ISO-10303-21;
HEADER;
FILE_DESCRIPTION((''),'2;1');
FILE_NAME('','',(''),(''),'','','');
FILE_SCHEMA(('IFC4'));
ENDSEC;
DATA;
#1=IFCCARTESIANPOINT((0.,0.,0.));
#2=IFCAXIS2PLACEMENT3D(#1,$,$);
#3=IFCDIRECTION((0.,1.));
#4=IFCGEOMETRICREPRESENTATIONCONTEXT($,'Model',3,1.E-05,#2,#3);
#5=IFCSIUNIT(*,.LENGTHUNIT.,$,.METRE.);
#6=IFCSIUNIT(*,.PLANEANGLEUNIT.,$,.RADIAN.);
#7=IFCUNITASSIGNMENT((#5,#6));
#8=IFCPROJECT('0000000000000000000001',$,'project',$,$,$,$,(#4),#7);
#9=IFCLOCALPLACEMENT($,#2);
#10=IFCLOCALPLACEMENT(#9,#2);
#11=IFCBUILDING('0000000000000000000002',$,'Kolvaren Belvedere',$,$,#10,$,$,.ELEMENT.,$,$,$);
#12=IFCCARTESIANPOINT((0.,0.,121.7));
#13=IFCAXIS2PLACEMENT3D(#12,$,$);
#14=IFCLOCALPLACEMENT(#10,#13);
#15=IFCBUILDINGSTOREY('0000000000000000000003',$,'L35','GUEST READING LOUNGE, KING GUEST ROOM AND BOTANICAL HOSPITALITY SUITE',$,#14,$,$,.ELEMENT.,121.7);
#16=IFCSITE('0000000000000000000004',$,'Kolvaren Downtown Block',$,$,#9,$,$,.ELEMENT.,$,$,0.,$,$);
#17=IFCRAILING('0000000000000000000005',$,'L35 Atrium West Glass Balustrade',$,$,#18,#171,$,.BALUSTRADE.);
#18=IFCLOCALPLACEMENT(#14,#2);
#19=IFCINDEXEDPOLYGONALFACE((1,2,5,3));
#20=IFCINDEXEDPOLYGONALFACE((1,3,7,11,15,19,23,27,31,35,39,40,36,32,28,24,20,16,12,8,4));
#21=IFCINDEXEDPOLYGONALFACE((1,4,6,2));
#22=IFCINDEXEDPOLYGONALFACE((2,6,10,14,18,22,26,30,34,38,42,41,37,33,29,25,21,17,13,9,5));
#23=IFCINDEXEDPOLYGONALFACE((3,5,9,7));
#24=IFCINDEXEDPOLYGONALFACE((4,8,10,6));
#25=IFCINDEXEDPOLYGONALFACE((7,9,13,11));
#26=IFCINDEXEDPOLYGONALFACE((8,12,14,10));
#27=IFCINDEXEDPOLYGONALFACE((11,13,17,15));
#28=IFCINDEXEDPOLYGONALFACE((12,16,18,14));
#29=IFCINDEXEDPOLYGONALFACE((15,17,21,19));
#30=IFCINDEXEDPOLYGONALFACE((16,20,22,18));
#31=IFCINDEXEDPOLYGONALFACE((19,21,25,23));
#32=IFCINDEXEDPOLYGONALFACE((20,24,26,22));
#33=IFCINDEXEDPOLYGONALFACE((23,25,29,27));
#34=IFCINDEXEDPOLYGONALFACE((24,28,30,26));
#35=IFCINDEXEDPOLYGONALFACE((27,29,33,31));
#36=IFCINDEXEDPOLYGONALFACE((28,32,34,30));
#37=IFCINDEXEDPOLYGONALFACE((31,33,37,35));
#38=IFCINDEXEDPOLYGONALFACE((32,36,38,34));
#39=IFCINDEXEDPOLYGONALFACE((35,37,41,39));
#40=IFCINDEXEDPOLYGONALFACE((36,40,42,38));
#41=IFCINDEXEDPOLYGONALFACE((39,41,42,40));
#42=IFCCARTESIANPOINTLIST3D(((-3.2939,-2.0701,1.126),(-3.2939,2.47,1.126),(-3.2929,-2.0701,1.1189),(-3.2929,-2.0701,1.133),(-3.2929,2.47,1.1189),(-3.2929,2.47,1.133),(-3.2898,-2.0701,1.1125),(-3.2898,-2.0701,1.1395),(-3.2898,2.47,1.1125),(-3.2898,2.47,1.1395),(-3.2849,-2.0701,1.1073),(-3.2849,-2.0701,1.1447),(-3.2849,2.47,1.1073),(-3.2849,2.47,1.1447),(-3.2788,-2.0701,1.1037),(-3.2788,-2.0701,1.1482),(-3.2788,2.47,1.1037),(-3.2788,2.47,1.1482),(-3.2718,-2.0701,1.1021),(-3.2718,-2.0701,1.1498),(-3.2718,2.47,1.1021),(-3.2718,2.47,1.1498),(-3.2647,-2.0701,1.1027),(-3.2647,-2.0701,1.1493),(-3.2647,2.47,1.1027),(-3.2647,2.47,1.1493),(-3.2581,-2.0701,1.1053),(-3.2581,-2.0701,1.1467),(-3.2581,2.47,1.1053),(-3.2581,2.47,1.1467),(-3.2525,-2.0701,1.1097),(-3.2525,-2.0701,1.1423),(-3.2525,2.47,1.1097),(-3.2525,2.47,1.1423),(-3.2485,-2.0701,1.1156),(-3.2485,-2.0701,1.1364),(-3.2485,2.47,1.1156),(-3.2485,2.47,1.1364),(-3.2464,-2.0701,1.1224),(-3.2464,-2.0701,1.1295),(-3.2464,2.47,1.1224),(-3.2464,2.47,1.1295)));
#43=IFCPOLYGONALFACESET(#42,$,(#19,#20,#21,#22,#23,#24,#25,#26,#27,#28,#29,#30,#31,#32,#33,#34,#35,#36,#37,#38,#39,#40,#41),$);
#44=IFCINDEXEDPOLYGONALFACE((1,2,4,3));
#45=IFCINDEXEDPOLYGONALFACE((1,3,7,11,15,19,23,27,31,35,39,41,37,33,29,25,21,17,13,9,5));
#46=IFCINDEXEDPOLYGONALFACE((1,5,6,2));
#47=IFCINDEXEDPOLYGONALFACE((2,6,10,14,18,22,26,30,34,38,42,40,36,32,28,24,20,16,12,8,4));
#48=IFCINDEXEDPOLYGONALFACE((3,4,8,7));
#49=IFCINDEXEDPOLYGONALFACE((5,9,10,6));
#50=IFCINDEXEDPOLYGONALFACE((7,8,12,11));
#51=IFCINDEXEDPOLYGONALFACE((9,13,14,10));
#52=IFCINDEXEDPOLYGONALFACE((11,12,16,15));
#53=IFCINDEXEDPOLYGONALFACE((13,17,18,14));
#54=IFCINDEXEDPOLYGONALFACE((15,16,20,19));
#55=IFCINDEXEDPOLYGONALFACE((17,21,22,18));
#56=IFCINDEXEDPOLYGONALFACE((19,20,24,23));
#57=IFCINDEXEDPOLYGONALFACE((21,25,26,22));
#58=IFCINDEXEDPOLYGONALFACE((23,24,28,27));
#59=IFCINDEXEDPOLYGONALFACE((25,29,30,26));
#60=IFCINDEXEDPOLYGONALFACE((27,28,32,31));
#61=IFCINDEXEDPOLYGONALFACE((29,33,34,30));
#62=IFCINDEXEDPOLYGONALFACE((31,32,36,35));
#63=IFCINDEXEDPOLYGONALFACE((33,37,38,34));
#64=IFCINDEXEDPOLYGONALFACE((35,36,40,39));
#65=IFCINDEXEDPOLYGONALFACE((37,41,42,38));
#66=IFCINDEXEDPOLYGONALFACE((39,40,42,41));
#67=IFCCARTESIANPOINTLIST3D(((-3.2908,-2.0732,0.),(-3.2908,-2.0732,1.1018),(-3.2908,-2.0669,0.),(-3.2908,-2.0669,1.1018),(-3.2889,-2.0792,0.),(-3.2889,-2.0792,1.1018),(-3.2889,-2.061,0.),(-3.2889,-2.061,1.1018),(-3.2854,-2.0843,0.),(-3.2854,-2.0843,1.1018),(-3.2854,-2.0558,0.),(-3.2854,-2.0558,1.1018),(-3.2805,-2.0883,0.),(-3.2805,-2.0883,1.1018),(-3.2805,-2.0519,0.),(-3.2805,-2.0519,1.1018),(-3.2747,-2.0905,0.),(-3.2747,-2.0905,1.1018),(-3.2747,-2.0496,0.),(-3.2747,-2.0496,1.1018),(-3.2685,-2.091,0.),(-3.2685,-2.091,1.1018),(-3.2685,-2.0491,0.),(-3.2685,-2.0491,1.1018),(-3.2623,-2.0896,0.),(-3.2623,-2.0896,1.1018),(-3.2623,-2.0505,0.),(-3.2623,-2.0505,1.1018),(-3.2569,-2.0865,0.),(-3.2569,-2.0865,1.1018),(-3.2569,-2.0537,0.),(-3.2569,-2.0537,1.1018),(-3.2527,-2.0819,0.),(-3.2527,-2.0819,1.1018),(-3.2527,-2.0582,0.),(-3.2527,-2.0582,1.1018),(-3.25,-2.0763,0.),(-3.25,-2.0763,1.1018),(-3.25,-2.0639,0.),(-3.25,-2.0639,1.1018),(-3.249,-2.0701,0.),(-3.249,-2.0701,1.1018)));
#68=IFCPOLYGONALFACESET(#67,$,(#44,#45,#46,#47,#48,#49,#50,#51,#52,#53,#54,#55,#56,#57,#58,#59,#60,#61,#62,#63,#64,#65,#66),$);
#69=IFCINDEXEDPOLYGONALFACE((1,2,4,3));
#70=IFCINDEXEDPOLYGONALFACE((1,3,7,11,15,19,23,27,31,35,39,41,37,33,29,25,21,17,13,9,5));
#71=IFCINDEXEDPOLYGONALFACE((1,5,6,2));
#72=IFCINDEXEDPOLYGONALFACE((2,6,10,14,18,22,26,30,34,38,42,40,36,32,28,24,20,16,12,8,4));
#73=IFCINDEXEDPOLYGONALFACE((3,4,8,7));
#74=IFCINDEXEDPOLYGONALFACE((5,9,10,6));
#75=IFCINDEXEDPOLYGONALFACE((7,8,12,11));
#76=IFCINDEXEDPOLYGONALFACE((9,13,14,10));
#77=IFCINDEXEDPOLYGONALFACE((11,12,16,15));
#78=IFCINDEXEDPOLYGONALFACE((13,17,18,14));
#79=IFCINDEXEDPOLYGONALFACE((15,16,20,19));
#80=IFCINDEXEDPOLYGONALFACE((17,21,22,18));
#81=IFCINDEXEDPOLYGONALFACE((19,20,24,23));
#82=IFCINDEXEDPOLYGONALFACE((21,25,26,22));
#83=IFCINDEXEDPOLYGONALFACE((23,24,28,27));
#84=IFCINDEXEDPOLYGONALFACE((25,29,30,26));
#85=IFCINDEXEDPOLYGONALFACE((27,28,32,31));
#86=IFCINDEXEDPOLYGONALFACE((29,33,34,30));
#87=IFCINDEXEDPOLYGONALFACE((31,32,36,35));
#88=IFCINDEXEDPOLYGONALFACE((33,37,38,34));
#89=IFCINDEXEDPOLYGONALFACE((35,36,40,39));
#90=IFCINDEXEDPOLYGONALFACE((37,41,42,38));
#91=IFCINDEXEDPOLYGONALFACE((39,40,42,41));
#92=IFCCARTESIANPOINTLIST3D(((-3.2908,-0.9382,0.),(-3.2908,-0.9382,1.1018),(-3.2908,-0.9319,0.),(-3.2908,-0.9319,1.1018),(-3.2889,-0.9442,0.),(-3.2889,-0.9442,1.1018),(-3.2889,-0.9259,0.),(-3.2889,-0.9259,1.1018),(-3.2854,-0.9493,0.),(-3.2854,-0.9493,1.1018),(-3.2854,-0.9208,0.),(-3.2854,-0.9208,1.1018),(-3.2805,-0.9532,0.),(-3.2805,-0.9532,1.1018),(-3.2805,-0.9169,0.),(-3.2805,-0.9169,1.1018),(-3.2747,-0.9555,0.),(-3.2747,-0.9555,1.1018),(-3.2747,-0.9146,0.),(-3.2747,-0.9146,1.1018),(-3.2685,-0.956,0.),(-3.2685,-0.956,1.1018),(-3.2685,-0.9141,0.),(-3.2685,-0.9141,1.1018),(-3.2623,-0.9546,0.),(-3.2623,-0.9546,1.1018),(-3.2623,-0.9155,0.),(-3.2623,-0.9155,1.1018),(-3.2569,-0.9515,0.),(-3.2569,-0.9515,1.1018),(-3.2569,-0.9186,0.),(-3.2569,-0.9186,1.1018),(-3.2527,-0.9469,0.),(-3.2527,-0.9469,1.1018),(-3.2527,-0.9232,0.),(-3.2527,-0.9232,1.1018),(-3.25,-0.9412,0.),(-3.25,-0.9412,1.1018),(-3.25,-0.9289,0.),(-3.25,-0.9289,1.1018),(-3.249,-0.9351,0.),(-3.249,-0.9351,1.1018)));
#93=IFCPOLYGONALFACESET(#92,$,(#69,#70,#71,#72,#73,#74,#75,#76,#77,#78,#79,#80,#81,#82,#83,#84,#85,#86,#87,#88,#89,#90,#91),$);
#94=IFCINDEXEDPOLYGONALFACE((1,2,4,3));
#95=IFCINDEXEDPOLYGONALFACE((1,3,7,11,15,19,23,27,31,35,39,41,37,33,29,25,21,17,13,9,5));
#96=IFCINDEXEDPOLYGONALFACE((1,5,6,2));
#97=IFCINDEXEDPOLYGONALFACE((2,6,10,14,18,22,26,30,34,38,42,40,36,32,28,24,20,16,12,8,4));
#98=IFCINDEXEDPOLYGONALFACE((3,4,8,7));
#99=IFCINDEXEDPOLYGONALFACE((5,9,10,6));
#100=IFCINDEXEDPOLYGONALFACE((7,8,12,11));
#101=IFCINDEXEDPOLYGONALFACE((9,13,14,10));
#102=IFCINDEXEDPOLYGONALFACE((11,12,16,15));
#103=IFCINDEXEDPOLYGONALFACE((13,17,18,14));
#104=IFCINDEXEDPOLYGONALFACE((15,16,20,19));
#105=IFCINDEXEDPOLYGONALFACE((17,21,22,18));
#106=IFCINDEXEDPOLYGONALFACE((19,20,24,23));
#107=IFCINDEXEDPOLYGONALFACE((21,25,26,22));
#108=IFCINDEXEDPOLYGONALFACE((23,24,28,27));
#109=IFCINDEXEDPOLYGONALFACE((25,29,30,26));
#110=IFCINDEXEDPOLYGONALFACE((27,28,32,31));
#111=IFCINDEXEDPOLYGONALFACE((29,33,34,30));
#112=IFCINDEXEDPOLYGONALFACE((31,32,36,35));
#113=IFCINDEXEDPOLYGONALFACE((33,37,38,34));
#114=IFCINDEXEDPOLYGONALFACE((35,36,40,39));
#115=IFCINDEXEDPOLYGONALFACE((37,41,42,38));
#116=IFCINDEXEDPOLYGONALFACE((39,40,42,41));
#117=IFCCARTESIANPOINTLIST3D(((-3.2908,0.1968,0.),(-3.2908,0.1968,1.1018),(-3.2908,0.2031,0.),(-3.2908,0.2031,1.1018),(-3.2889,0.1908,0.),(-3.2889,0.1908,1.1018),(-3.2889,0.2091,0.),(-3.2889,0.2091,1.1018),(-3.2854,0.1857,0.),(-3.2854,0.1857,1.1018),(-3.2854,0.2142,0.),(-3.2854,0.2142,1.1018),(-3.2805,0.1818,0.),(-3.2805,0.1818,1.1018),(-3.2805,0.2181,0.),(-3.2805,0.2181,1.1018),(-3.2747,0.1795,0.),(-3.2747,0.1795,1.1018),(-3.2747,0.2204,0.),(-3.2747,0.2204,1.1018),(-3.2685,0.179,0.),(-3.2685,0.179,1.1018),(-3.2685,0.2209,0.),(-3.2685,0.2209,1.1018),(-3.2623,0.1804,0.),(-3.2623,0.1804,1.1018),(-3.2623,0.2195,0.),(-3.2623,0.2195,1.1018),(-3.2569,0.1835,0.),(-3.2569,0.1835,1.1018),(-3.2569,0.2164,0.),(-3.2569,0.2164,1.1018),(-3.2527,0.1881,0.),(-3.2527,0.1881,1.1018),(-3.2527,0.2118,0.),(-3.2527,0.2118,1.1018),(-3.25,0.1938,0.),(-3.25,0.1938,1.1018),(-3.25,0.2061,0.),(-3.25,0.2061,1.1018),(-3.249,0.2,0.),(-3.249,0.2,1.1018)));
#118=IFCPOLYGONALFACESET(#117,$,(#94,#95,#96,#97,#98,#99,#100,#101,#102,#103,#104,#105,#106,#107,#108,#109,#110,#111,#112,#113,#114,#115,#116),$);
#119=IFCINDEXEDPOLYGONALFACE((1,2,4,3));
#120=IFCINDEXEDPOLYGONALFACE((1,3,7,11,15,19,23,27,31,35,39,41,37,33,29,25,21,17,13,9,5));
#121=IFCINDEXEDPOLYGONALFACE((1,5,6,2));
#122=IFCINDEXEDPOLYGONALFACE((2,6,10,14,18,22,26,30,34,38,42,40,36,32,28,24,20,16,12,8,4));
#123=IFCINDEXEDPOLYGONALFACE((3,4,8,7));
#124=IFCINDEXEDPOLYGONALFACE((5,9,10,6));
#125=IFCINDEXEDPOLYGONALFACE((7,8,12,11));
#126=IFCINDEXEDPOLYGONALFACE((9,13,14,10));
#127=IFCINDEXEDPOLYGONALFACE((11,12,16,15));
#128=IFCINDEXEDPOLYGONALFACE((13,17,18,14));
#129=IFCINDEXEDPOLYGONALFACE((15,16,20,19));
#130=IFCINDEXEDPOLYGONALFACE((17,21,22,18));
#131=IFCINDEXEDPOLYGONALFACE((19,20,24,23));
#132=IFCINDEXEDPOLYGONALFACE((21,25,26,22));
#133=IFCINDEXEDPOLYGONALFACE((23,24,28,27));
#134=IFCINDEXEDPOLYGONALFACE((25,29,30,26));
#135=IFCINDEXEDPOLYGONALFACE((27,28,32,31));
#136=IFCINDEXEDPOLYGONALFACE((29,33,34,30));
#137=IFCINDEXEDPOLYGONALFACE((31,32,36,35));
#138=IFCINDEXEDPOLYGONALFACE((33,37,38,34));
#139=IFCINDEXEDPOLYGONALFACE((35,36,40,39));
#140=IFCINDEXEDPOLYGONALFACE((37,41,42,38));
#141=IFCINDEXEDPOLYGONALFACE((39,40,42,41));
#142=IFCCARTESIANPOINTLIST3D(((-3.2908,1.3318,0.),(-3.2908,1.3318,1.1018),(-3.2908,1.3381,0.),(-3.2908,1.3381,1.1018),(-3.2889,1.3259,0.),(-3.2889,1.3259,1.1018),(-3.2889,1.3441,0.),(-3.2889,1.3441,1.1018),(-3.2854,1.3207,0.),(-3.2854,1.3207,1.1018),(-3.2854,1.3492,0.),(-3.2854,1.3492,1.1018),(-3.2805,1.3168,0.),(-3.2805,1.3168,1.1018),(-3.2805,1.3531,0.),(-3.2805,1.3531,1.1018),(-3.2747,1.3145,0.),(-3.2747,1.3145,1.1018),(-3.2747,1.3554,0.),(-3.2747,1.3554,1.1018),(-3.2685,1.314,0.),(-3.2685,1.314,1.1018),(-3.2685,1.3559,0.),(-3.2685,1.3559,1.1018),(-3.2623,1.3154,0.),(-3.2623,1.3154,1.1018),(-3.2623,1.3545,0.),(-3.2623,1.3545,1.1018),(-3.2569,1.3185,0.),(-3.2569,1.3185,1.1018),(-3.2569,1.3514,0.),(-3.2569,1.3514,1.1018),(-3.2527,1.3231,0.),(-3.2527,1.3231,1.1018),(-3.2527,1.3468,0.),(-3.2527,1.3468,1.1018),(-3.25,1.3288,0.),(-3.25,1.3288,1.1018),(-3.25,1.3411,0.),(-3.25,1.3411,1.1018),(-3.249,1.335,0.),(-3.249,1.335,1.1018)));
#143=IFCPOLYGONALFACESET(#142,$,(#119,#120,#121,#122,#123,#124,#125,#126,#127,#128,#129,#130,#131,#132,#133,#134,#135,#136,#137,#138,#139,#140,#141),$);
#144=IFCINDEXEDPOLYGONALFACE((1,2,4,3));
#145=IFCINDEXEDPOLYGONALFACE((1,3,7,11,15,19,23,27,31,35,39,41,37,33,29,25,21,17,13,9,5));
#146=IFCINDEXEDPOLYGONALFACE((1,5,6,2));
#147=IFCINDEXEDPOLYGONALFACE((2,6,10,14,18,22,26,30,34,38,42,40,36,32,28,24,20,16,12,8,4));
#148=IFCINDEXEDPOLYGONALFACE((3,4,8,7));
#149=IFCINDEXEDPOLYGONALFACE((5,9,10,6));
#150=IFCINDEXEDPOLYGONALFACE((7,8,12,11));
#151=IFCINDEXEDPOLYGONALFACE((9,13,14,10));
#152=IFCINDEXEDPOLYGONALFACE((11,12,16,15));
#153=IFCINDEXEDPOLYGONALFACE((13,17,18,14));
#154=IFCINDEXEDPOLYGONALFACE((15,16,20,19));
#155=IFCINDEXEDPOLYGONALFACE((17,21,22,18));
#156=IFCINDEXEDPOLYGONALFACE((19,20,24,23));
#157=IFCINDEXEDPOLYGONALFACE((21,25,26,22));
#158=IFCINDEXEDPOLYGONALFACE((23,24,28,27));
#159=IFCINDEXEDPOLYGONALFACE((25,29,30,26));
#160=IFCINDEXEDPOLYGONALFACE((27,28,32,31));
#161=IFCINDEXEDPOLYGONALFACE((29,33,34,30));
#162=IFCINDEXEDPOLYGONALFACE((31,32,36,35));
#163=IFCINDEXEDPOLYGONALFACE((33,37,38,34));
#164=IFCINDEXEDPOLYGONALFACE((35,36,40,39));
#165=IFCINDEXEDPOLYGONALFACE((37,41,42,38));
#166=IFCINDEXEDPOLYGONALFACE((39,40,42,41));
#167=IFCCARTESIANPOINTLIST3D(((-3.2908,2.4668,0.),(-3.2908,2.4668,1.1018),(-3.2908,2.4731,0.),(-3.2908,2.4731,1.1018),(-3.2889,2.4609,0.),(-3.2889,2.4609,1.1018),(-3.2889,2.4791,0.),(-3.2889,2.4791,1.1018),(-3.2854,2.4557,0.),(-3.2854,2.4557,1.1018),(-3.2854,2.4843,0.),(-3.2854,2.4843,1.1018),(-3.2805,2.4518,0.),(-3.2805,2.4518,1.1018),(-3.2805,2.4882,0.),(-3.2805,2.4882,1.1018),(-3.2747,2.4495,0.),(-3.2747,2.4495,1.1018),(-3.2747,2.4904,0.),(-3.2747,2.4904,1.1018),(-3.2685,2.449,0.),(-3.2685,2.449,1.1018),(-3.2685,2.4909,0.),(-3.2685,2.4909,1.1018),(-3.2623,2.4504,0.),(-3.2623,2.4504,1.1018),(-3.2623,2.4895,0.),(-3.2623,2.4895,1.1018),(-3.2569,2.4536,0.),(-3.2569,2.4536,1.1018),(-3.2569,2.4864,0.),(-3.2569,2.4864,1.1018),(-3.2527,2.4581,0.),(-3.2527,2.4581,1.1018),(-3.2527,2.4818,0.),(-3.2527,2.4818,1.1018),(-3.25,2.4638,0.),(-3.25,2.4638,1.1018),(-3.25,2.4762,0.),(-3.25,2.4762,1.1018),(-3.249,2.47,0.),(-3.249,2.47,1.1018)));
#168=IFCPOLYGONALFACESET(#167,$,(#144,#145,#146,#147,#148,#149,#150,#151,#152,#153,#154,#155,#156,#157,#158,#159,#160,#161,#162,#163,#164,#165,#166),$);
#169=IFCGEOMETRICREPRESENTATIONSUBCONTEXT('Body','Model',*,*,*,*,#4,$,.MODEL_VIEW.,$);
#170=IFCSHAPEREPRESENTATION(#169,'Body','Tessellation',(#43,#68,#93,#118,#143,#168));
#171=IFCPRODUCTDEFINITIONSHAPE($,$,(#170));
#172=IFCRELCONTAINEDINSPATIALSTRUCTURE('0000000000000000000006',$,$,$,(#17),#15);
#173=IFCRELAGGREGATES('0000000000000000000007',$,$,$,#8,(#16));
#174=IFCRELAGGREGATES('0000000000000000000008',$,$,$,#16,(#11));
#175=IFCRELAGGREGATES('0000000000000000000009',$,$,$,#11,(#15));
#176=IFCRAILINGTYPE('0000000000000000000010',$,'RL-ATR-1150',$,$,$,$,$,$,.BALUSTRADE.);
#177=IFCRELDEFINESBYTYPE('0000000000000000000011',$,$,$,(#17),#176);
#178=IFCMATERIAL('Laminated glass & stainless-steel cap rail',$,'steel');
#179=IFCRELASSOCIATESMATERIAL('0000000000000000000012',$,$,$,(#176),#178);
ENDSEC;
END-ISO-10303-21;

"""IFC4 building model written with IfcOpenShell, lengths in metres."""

from ifc_helpers import new_model, si_unit, direction, frame, origin, origin_2d, place, context, subcontext, project, spatial, circle, extrude, material, type_object, element, save


model = new_model("IFC4")

# Units and contexts
model_context = context("Model", 3, precision=1e-05, world=origin(), true_north=direction((0.0, 1.0)))
body_context = subcontext(model_context, "Body", "Model", "MODEL_VIEW")
ifc_project = project(units=[si_unit("LENGTHUNIT", "METRE"), si_unit("PLANEANGLEUNIT", "RADIAN")], contexts=[model_context])

# Site, building, storey
site_placement = place(None, origin())
site = spatial("IfcSite", under=ifc_project, at=site_placement, Name="Kolvaren Downtown Block", CompositionType="ELEMENT", RefElevation=0.0)
building_placement = place(site_placement, origin())
building = spatial("IfcBuilding", under=site, at=building_placement, Name="Kolvaren Belvedere", CompositionType="ELEMENT")
storey_placement = place(building_placement, frame((0.0, 0.0, 121.7)))
storey = spatial("IfcBuildingStorey", under=building, at=storey_placement, Name="L35", Description="GUEST READING LOUNGE, KING GUEST ROOM AND BOTANICAL HOSPITALITY SUITE", CompositionType="ELEMENT", Elevation=121.7)

# Railing
ifc_material_1 = material(Name="Laminated glass & stainless-steel cap rail", Category="steel")
railing_type_1 = type_object("IfcRailingType", Name="RL-ATR-1150", PredefinedType="BALUSTRADE", material=ifc_material_1)
railing_1_placement = place(storey_placement, frame((-3.27, -2.0701, 0.0)))
element("IfcRailing", 1, at=railing_1_placement, inside=storey, type_object=railing_type_1, Name="L35 Atrium West Glass Balustrade", PredefinedType="BALUSTRADE", context=body_context, shape_type="SweptSolid", body=[
    extrude(circle(Radius=0.0239, at=origin_2d()), frame((0.0, 0.0, 1.126), z_axis=(0.0, 1.0, 0.0), x_axis=(-1.0, 0.0, 0.0)), (0.0, 0.0, 1.0), 4.54),
    extrude(circle(Radius=0.021, at=origin_2d()), origin(), (0.0, 0.0, 1.0), 1.1018),
    extrude(circle(Radius=0.021, at=origin_2d()), frame((0.0, 1.135, 0.0)), (0.0, 0.0, 1.0), 1.1018),
    extrude(circle(Radius=0.021, at=origin_2d()), frame((0.0, 2.27, 0.0)), (0.0, 0.0, 1.0), 1.1018),
    extrude(circle(Radius=0.021, at=origin_2d()), frame((0.0, 3.405, 0.0)), (0.0, 0.0, 1.0), 1.1018),
    extrude(circle(Radius=0.021, at=origin_2d()), frame((0.0, 4.54, 0.0)), (0.0, 0.0, 1.0), 1.1018),
])

save(model, "model.ifc")
